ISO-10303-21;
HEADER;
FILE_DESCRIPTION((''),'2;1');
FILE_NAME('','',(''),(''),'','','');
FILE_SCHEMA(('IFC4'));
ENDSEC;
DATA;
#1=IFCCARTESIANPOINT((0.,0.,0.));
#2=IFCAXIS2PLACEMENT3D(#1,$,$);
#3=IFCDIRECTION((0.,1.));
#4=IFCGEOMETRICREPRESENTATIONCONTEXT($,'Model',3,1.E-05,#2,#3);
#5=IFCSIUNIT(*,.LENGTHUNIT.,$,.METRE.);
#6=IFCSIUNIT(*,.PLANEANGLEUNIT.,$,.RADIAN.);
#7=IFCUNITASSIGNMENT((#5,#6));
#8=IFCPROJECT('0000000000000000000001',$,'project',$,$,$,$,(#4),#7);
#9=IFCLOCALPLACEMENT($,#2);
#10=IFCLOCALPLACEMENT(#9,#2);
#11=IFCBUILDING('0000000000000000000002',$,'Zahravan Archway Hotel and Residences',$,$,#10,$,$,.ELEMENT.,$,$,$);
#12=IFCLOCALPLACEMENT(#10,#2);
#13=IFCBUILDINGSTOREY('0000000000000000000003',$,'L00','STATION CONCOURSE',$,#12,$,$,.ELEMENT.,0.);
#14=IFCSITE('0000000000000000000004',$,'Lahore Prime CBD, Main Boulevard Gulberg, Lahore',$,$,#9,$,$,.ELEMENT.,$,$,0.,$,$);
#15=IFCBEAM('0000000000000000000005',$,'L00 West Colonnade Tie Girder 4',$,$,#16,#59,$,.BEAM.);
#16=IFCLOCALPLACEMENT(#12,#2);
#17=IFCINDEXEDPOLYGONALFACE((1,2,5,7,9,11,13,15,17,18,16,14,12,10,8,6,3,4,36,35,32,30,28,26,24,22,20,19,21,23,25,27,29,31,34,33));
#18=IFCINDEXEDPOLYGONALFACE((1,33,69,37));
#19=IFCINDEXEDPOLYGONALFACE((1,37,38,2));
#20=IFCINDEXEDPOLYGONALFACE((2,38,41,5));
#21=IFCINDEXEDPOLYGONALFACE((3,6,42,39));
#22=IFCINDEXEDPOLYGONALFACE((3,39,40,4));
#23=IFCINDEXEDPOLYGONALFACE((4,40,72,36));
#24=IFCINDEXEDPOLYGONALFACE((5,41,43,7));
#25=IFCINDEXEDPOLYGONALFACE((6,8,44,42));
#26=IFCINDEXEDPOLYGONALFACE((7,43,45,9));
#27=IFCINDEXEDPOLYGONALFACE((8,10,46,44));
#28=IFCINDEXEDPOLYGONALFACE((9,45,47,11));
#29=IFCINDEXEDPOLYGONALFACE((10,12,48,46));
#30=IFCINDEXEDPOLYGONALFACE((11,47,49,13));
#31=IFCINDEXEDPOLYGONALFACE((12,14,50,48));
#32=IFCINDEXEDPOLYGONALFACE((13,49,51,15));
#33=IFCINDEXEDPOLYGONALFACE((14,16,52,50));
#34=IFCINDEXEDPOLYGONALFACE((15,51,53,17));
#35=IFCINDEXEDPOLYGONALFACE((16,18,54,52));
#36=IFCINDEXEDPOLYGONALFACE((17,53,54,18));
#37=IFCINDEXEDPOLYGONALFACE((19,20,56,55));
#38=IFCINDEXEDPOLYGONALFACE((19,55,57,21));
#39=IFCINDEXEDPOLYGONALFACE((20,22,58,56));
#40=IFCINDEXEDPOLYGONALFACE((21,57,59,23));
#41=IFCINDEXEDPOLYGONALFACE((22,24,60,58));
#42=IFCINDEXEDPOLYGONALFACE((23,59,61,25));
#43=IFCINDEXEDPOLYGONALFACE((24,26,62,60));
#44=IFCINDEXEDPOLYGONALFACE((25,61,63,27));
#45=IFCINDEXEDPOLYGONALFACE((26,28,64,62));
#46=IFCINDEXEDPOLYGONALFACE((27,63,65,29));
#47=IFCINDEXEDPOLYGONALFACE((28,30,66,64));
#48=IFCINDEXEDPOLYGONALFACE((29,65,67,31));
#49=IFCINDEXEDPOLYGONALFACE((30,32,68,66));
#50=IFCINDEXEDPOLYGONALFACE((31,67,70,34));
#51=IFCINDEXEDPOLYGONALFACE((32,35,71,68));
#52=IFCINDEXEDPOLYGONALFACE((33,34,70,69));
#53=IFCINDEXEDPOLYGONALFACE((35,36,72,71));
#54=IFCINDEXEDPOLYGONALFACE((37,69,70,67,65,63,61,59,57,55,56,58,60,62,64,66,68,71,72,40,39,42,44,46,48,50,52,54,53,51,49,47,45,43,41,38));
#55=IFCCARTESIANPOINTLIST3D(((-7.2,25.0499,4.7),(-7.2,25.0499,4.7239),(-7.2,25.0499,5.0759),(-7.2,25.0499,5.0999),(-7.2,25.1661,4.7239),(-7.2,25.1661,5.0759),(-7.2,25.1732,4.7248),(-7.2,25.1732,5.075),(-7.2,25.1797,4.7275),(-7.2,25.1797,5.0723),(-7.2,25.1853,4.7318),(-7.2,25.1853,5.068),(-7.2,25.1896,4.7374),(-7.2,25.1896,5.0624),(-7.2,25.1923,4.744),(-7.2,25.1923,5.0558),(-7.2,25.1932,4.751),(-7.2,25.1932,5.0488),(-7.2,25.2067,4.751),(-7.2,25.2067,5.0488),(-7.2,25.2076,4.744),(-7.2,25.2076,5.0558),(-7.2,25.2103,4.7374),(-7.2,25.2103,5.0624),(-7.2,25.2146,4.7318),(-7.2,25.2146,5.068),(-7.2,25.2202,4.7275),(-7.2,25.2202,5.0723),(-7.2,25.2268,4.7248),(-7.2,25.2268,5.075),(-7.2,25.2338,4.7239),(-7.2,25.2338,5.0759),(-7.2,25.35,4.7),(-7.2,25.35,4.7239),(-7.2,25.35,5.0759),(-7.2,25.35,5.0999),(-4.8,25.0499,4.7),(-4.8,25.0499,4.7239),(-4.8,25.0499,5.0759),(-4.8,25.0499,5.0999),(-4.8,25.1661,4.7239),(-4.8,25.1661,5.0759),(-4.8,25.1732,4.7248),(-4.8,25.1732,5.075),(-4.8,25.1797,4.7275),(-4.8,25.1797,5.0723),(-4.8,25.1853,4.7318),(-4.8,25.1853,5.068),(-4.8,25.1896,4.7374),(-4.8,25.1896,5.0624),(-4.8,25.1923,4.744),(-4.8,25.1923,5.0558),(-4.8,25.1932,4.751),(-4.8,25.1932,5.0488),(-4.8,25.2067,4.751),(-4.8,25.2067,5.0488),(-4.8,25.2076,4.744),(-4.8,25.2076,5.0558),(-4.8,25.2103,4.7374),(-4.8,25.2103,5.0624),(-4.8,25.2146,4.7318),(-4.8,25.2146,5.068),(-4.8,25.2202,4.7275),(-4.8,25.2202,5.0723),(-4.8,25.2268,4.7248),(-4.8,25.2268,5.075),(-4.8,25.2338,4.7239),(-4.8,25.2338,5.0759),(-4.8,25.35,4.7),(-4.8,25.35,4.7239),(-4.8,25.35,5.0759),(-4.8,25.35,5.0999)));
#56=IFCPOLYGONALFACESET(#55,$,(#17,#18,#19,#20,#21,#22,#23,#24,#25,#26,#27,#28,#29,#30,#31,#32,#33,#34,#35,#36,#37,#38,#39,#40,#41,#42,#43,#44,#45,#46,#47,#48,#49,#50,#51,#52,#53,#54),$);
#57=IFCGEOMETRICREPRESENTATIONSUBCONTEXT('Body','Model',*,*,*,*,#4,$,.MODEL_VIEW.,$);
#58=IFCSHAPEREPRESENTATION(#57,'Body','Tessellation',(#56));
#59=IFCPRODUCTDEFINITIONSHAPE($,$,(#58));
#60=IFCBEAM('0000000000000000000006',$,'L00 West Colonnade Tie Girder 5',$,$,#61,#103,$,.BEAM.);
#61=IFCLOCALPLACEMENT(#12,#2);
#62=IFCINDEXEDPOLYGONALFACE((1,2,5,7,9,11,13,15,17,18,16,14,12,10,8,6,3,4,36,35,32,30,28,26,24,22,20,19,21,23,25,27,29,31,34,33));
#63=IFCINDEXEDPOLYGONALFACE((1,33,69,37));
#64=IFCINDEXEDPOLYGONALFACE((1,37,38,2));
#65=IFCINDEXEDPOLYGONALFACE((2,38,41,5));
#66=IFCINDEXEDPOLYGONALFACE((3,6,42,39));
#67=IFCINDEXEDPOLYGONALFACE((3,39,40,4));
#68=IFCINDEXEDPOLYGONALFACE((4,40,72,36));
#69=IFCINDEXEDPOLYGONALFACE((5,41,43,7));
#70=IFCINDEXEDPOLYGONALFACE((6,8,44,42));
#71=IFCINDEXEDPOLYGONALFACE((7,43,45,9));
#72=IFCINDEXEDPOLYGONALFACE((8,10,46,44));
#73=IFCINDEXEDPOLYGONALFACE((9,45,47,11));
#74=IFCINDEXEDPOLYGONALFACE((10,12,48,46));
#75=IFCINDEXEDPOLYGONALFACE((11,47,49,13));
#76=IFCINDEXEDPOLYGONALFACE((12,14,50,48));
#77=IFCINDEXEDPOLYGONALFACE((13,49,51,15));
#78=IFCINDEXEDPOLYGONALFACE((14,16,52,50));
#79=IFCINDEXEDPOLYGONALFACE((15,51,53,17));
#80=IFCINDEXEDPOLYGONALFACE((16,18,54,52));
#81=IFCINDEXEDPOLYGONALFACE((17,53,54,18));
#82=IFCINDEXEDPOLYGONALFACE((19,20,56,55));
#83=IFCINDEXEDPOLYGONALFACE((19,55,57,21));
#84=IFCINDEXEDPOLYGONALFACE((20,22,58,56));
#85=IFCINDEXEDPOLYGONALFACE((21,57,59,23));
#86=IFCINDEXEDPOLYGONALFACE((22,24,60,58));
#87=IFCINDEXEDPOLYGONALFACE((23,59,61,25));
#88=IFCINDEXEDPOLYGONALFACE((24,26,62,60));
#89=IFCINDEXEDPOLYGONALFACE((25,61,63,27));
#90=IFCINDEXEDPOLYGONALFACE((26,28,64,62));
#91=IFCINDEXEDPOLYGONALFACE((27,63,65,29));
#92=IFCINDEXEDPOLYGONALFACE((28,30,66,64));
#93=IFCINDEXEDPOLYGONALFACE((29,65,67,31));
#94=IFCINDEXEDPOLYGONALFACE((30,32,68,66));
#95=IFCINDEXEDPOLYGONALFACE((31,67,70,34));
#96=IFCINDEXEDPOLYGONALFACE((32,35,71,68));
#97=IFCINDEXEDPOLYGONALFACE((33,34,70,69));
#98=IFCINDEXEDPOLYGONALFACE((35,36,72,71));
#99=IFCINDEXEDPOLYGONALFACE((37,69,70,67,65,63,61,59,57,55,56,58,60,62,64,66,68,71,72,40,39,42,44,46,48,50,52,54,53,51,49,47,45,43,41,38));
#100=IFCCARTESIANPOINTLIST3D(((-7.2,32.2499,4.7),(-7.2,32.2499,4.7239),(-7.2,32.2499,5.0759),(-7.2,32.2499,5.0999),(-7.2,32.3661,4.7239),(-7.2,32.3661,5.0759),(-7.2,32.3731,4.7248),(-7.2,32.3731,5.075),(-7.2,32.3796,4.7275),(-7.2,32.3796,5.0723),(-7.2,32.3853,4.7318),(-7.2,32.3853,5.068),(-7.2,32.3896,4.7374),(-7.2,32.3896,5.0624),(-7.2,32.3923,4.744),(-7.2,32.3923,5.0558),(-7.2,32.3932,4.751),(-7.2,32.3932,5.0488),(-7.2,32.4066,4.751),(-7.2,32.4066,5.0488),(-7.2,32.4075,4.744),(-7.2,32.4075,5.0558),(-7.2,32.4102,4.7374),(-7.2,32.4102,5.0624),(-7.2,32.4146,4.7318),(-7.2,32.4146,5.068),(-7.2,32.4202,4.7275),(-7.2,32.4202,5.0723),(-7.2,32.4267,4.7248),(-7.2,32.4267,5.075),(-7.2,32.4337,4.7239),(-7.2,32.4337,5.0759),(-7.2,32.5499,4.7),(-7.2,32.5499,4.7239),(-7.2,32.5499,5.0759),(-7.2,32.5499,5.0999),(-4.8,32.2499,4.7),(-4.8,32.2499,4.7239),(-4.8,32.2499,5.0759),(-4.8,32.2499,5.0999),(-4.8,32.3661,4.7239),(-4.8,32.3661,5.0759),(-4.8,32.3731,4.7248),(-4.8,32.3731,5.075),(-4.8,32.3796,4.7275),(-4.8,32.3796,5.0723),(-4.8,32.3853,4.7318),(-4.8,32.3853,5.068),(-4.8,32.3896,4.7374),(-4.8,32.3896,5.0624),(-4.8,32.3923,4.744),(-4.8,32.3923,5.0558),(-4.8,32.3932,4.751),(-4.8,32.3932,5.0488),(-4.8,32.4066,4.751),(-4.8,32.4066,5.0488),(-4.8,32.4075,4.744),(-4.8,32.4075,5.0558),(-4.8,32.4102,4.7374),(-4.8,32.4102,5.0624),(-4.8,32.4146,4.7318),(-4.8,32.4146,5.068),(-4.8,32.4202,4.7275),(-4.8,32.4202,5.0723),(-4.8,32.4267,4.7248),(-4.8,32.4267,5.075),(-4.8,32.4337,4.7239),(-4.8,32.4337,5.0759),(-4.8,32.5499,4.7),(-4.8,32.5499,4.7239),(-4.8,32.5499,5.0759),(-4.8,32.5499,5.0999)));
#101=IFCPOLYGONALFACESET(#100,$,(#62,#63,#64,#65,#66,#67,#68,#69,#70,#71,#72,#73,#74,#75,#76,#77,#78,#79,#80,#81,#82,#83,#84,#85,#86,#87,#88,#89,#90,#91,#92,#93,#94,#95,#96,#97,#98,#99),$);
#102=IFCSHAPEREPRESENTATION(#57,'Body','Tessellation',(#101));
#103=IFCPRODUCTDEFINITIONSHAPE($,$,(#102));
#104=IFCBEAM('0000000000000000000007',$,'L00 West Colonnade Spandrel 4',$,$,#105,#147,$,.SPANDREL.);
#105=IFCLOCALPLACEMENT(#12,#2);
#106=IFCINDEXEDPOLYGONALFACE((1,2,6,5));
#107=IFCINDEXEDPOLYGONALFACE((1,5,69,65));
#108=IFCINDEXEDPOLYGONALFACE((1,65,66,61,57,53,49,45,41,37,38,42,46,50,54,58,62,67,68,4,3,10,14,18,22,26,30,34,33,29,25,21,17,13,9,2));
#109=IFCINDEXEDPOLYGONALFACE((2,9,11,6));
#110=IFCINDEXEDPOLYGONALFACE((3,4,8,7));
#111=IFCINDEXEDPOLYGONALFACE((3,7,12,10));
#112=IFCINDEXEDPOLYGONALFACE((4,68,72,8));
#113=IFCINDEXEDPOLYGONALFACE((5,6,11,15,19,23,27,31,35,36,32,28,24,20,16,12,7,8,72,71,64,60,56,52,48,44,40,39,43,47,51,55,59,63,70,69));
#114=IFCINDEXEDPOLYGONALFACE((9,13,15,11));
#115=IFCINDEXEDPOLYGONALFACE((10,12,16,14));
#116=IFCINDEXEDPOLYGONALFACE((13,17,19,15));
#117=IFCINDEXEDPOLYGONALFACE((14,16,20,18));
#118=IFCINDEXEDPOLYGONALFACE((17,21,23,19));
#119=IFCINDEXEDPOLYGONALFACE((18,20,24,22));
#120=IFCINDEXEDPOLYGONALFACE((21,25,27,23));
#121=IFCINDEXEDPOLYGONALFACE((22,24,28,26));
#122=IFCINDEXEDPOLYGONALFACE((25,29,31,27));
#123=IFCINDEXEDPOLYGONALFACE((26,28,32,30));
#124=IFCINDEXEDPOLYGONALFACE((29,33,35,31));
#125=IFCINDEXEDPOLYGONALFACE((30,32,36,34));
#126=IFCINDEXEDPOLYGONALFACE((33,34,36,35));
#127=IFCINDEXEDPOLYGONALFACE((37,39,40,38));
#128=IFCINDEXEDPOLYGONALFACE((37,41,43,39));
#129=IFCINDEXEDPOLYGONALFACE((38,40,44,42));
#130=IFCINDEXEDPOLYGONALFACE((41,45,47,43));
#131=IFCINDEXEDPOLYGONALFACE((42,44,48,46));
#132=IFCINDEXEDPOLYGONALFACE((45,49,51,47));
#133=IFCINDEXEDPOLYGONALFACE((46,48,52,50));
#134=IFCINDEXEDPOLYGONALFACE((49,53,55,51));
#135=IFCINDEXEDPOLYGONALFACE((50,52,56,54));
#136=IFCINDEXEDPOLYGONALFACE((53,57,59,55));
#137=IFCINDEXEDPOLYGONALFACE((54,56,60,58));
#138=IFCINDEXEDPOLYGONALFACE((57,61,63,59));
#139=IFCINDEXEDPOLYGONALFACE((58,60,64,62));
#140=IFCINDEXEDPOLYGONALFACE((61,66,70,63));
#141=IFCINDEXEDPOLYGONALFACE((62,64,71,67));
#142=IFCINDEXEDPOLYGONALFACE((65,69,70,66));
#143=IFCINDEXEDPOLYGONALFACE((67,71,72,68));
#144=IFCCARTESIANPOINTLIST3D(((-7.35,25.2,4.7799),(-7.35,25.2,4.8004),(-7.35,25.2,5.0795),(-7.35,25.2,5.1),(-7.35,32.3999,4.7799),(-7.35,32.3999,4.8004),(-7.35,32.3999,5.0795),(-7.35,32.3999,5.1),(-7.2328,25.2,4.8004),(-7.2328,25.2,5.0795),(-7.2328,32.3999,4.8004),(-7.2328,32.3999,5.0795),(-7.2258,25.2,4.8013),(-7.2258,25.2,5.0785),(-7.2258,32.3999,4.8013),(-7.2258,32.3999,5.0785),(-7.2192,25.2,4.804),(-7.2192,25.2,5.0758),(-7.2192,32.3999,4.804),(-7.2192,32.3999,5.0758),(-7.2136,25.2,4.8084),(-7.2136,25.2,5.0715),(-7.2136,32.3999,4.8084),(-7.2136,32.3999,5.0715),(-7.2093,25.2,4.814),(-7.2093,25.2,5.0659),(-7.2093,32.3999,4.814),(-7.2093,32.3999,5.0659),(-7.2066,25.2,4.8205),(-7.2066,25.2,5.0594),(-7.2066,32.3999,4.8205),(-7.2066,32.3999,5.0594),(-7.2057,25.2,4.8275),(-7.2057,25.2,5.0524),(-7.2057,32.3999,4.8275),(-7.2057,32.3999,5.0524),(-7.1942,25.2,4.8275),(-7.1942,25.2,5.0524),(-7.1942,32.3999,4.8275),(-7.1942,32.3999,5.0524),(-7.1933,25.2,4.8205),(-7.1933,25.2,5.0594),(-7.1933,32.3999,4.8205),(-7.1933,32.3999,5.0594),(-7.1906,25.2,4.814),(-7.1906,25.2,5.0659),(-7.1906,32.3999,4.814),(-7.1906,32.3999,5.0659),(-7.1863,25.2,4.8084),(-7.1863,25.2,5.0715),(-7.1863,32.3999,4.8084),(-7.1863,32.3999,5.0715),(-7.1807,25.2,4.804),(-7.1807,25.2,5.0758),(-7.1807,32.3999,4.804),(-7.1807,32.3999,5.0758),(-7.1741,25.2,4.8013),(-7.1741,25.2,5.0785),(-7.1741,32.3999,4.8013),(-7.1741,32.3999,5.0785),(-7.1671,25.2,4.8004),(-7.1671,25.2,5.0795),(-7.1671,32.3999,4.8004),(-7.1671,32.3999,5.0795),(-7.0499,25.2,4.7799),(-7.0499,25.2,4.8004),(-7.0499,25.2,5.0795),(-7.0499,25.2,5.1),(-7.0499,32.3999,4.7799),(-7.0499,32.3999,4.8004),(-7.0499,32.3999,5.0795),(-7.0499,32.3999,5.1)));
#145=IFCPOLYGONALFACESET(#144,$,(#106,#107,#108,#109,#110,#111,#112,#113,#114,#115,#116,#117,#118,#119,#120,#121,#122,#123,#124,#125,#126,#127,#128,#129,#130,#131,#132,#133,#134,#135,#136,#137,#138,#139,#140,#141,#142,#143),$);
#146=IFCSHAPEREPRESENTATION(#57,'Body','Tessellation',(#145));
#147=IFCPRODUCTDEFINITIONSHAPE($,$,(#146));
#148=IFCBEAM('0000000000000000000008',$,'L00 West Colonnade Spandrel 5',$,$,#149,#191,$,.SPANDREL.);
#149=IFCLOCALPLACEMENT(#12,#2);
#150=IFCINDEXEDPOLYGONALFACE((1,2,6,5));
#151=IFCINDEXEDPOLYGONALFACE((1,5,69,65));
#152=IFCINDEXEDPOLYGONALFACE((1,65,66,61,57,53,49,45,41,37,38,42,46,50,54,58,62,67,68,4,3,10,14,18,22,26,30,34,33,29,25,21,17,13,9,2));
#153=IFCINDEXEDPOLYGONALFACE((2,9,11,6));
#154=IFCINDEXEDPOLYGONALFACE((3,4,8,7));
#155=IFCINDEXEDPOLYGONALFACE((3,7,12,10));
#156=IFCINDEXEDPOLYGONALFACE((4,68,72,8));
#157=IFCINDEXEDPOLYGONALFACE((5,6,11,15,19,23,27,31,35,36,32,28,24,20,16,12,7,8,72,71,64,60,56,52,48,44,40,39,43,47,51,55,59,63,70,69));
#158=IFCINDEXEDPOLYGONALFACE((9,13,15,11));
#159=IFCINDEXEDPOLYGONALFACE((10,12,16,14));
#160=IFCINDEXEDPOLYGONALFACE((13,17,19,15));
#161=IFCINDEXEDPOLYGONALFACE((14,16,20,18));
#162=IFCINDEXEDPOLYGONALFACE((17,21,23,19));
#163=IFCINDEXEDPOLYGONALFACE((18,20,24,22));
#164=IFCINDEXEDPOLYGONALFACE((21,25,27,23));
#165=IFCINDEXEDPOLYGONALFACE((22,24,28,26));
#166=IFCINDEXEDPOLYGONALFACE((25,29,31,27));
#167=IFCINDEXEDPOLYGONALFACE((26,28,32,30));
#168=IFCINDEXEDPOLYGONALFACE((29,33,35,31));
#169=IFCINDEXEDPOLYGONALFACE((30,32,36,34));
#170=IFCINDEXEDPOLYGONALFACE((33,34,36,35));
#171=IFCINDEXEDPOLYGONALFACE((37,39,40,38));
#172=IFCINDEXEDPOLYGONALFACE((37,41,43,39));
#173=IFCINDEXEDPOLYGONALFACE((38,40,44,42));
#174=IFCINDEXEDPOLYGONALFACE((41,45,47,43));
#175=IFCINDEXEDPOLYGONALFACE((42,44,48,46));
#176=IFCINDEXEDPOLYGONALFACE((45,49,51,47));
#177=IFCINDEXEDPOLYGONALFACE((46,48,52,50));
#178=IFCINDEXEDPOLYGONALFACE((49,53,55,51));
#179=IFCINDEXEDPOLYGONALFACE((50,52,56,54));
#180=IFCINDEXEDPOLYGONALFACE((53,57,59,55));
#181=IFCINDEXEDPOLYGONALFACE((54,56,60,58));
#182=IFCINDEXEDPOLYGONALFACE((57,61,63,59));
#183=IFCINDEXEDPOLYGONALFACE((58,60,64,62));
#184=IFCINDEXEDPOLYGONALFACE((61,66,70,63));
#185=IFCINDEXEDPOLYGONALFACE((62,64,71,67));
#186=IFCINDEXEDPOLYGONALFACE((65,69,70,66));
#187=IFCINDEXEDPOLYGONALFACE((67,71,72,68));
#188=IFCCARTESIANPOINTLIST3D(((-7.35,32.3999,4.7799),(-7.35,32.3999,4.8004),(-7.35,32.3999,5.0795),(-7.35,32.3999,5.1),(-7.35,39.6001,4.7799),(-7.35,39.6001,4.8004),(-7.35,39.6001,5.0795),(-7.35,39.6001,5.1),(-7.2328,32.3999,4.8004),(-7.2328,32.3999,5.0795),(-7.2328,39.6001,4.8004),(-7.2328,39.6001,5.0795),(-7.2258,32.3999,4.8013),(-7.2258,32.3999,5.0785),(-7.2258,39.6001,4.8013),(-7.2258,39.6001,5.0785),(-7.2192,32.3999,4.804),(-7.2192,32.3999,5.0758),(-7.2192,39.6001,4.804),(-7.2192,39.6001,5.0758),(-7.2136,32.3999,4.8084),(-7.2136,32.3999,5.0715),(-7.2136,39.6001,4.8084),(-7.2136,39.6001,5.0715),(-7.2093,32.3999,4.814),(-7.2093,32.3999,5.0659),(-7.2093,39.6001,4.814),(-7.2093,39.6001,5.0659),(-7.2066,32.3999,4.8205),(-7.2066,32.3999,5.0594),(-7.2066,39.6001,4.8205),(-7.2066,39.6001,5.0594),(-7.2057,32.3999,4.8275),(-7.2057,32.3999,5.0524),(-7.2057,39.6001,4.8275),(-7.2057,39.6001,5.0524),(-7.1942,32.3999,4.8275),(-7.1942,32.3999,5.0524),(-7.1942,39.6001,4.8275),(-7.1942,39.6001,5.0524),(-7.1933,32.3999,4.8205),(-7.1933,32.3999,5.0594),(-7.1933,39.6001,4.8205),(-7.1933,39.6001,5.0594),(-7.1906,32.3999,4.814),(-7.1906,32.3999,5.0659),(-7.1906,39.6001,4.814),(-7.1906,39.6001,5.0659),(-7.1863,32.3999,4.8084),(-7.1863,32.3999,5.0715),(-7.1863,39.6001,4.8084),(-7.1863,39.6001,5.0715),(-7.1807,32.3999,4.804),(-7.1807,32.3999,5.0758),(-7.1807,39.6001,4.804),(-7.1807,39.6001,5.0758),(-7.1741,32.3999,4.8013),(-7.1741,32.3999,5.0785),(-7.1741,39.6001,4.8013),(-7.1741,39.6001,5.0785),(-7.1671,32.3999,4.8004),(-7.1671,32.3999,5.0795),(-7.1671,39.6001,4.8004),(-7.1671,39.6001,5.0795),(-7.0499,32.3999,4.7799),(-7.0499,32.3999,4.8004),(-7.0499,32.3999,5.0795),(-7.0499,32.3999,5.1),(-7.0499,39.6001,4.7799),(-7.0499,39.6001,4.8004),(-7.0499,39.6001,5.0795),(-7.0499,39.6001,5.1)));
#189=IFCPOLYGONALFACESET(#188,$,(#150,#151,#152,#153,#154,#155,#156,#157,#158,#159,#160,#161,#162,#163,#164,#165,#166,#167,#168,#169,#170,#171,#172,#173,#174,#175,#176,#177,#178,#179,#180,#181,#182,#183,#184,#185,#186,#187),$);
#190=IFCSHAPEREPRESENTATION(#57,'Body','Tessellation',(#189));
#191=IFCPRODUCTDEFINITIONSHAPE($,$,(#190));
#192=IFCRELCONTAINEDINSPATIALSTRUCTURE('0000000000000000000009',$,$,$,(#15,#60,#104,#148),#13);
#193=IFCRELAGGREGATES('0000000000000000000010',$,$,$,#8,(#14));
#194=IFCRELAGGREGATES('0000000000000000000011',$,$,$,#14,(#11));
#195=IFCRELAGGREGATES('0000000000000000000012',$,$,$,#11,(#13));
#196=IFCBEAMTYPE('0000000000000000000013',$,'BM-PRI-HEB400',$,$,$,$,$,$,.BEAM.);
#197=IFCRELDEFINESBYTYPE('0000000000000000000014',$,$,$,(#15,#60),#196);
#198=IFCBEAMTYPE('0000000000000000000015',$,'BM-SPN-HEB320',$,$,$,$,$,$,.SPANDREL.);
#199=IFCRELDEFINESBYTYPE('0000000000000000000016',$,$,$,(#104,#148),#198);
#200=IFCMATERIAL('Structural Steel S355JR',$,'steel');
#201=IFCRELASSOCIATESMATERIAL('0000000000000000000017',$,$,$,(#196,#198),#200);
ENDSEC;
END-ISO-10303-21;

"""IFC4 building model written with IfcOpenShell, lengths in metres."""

from ifc_helpers import new_model, si_unit, direction, frame, origin, origin_2d, place, context, subcontext, project, spatial, i_section, extrude, source, transform, mapped, material, material_profile, profile_set, type_object, type_shapes, element, save


model = new_model("IFC4")

# Units and contexts
model_context = context("Model", 3, precision=1e-05, world=origin(), true_north=direction((0.0, 1.0)))
body_context = subcontext(model_context, "Body", "Model", "MODEL_VIEW")
ifc_project = project(units=[si_unit("LENGTHUNIT", "METRE"), si_unit("PLANEANGLEUNIT", "RADIAN")], contexts=[model_context])

# Site, building, storey
site_placement = place(None, origin())
site = spatial("IfcSite", under=ifc_project, at=site_placement, Name="Lahore Prime CBD, Main Boulevard Gulberg, Lahore", CompositionType="ELEMENT", RefElevation=0.0)
building_placement = place(site_placement, origin())
building = spatial("IfcBuilding", under=site, at=building_placement, Name="Zahravan Archway Hotel and Residences", CompositionType="ELEMENT")
storey_placement = place(building_placement, origin())
storey = spatial("IfcBuildingStorey", under=building, at=storey_placement, Name="L00", Description="STATION CONCOURSE", CompositionType="ELEMENT", Elevation=0.0)

# Beams
ifc_material_1 = material(Name="Structural Steel S355JR", Category="steel")
ifc_material_profile_1 = material_profile(ifc_material_1, i_section(OverallWidth=0.3, OverallDepth=0.3999, WebThickness=0.0134, FlangeThickness=0.0239, FilletRadius=0.0271, at=origin_2d()), Name="HEB 400", Category="steel")
ifc_profile_set_1 = profile_set([ifc_material_profile_1], Name="Structural Steel S355JR")
beam_type_1 = type_object("IfcBeamType", Name="BM-PRI-HEB400", PredefinedType="BEAM", material=ifc_profile_set_1)
shared_shape_1 = source(origin(), body_context, "Body", "SweptSolid", [
    extrude(i_section(OverallWidth=0.3, OverallDepth=0.3999, WebThickness=0.0134, FlangeThickness=0.0239, FilletRadius=0.0271, at=origin_2d()), origin(), (0.0, 0.0, 1.0), 2.3999),
])
for number, where, z_axis, x_axis, name in (
    (1, (-7.2, 25.2, 4.8999), (1.0, 0.0, 0.0), (0.0, 1.0, 0.0), "L00 West Colonnade Tie Girder 4"),
    (2, (-7.2, 32.3999, 4.8999), (1.0, 0.0, 0.0), (0.0, 1.0, 0.0), "L00 West Colonnade Tie Girder 5"),
):
    element("IfcBeam", number, at=place(storey_placement, frame(where, z_axis=z_axis, x_axis=x_axis)), inside=storey, type_object=beam_type_1, Name=name, PredefinedType="BEAM", context=body_context, shape_type="MappedRepresentation", body=[
        mapped(shared_shape_1, transform((0.0, 0.0, 0.0), scale=1.0)),
    ])
ifc_material_profile_2 = material_profile(ifc_material_1, i_section(OverallWidth=0.3, OverallDepth=0.3201, WebThickness=0.0115, FlangeThickness=0.0205, FilletRadius=0.0271, at=origin_2d()), Name="HEB 320", Category="steel")
ifc_profile_set_2 = profile_set([ifc_material_profile_2], Name="Structural Steel S355JR")
beam_type_2 = type_object("IfcBeamType", Name="BM-SPN-HEB320", PredefinedType="SPANDREL", material=ifc_profile_set_2)
shared_shape_2 = source(origin(), body_context, "Body", "SweptSolid", [
    extrude(i_section(OverallWidth=0.3, OverallDepth=0.3201, WebThickness=0.0115, FlangeThickness=0.0205, FilletRadius=0.0271, at=origin_2d()), origin(), (0.0, 0.0, 1.0), 7.2),
])
type_shapes(beam_type_2, [shared_shape_2])
beam_1_placement = place(storey_placement, frame((-7.2, 25.2, 4.9399), z_axis=(0.0, 1.0, 0.0), x_axis=(-1.0, 0.0, 0.0)))
element("IfcBeam", 3, at=beam_1_placement, inside=storey, type_object=beam_type_2, Name="L00 West Colonnade Spandrel 4", PredefinedType="SPANDREL", context=body_context, shape_type="MappedRepresentation", body=[
    mapped(shared_shape_2, transform((0.0, 0.0, 0.0), scale=1.0)),
])
shared_shape_3 = source(origin(), body_context, "Body", "SweptSolid", [
    extrude(i_section(OverallWidth=0.3, OverallDepth=0.3201, WebThickness=0.0115, FlangeThickness=0.0205, FilletRadius=0.0271, at=origin_2d()), origin(), (0.0, 0.0, 1.0), 7.2002),
])
beam_2_placement = place(storey_placement, frame((-7.2, 32.3999, 4.9399), z_axis=(0.0, 1.0, 0.0), x_axis=(-1.0, 0.0, 0.0)))
element("IfcBeam", 4, at=beam_2_placement, inside=storey, type_object=beam_type_2, Name="L00 West Colonnade Spandrel 5", PredefinedType="SPANDREL", context=body_context, shape_type="MappedRepresentation", body=[
    mapped(shared_shape_3, transform((0.0, 0.0, 0.0), scale=1.0)),
])

save(model, "model.ifc")
